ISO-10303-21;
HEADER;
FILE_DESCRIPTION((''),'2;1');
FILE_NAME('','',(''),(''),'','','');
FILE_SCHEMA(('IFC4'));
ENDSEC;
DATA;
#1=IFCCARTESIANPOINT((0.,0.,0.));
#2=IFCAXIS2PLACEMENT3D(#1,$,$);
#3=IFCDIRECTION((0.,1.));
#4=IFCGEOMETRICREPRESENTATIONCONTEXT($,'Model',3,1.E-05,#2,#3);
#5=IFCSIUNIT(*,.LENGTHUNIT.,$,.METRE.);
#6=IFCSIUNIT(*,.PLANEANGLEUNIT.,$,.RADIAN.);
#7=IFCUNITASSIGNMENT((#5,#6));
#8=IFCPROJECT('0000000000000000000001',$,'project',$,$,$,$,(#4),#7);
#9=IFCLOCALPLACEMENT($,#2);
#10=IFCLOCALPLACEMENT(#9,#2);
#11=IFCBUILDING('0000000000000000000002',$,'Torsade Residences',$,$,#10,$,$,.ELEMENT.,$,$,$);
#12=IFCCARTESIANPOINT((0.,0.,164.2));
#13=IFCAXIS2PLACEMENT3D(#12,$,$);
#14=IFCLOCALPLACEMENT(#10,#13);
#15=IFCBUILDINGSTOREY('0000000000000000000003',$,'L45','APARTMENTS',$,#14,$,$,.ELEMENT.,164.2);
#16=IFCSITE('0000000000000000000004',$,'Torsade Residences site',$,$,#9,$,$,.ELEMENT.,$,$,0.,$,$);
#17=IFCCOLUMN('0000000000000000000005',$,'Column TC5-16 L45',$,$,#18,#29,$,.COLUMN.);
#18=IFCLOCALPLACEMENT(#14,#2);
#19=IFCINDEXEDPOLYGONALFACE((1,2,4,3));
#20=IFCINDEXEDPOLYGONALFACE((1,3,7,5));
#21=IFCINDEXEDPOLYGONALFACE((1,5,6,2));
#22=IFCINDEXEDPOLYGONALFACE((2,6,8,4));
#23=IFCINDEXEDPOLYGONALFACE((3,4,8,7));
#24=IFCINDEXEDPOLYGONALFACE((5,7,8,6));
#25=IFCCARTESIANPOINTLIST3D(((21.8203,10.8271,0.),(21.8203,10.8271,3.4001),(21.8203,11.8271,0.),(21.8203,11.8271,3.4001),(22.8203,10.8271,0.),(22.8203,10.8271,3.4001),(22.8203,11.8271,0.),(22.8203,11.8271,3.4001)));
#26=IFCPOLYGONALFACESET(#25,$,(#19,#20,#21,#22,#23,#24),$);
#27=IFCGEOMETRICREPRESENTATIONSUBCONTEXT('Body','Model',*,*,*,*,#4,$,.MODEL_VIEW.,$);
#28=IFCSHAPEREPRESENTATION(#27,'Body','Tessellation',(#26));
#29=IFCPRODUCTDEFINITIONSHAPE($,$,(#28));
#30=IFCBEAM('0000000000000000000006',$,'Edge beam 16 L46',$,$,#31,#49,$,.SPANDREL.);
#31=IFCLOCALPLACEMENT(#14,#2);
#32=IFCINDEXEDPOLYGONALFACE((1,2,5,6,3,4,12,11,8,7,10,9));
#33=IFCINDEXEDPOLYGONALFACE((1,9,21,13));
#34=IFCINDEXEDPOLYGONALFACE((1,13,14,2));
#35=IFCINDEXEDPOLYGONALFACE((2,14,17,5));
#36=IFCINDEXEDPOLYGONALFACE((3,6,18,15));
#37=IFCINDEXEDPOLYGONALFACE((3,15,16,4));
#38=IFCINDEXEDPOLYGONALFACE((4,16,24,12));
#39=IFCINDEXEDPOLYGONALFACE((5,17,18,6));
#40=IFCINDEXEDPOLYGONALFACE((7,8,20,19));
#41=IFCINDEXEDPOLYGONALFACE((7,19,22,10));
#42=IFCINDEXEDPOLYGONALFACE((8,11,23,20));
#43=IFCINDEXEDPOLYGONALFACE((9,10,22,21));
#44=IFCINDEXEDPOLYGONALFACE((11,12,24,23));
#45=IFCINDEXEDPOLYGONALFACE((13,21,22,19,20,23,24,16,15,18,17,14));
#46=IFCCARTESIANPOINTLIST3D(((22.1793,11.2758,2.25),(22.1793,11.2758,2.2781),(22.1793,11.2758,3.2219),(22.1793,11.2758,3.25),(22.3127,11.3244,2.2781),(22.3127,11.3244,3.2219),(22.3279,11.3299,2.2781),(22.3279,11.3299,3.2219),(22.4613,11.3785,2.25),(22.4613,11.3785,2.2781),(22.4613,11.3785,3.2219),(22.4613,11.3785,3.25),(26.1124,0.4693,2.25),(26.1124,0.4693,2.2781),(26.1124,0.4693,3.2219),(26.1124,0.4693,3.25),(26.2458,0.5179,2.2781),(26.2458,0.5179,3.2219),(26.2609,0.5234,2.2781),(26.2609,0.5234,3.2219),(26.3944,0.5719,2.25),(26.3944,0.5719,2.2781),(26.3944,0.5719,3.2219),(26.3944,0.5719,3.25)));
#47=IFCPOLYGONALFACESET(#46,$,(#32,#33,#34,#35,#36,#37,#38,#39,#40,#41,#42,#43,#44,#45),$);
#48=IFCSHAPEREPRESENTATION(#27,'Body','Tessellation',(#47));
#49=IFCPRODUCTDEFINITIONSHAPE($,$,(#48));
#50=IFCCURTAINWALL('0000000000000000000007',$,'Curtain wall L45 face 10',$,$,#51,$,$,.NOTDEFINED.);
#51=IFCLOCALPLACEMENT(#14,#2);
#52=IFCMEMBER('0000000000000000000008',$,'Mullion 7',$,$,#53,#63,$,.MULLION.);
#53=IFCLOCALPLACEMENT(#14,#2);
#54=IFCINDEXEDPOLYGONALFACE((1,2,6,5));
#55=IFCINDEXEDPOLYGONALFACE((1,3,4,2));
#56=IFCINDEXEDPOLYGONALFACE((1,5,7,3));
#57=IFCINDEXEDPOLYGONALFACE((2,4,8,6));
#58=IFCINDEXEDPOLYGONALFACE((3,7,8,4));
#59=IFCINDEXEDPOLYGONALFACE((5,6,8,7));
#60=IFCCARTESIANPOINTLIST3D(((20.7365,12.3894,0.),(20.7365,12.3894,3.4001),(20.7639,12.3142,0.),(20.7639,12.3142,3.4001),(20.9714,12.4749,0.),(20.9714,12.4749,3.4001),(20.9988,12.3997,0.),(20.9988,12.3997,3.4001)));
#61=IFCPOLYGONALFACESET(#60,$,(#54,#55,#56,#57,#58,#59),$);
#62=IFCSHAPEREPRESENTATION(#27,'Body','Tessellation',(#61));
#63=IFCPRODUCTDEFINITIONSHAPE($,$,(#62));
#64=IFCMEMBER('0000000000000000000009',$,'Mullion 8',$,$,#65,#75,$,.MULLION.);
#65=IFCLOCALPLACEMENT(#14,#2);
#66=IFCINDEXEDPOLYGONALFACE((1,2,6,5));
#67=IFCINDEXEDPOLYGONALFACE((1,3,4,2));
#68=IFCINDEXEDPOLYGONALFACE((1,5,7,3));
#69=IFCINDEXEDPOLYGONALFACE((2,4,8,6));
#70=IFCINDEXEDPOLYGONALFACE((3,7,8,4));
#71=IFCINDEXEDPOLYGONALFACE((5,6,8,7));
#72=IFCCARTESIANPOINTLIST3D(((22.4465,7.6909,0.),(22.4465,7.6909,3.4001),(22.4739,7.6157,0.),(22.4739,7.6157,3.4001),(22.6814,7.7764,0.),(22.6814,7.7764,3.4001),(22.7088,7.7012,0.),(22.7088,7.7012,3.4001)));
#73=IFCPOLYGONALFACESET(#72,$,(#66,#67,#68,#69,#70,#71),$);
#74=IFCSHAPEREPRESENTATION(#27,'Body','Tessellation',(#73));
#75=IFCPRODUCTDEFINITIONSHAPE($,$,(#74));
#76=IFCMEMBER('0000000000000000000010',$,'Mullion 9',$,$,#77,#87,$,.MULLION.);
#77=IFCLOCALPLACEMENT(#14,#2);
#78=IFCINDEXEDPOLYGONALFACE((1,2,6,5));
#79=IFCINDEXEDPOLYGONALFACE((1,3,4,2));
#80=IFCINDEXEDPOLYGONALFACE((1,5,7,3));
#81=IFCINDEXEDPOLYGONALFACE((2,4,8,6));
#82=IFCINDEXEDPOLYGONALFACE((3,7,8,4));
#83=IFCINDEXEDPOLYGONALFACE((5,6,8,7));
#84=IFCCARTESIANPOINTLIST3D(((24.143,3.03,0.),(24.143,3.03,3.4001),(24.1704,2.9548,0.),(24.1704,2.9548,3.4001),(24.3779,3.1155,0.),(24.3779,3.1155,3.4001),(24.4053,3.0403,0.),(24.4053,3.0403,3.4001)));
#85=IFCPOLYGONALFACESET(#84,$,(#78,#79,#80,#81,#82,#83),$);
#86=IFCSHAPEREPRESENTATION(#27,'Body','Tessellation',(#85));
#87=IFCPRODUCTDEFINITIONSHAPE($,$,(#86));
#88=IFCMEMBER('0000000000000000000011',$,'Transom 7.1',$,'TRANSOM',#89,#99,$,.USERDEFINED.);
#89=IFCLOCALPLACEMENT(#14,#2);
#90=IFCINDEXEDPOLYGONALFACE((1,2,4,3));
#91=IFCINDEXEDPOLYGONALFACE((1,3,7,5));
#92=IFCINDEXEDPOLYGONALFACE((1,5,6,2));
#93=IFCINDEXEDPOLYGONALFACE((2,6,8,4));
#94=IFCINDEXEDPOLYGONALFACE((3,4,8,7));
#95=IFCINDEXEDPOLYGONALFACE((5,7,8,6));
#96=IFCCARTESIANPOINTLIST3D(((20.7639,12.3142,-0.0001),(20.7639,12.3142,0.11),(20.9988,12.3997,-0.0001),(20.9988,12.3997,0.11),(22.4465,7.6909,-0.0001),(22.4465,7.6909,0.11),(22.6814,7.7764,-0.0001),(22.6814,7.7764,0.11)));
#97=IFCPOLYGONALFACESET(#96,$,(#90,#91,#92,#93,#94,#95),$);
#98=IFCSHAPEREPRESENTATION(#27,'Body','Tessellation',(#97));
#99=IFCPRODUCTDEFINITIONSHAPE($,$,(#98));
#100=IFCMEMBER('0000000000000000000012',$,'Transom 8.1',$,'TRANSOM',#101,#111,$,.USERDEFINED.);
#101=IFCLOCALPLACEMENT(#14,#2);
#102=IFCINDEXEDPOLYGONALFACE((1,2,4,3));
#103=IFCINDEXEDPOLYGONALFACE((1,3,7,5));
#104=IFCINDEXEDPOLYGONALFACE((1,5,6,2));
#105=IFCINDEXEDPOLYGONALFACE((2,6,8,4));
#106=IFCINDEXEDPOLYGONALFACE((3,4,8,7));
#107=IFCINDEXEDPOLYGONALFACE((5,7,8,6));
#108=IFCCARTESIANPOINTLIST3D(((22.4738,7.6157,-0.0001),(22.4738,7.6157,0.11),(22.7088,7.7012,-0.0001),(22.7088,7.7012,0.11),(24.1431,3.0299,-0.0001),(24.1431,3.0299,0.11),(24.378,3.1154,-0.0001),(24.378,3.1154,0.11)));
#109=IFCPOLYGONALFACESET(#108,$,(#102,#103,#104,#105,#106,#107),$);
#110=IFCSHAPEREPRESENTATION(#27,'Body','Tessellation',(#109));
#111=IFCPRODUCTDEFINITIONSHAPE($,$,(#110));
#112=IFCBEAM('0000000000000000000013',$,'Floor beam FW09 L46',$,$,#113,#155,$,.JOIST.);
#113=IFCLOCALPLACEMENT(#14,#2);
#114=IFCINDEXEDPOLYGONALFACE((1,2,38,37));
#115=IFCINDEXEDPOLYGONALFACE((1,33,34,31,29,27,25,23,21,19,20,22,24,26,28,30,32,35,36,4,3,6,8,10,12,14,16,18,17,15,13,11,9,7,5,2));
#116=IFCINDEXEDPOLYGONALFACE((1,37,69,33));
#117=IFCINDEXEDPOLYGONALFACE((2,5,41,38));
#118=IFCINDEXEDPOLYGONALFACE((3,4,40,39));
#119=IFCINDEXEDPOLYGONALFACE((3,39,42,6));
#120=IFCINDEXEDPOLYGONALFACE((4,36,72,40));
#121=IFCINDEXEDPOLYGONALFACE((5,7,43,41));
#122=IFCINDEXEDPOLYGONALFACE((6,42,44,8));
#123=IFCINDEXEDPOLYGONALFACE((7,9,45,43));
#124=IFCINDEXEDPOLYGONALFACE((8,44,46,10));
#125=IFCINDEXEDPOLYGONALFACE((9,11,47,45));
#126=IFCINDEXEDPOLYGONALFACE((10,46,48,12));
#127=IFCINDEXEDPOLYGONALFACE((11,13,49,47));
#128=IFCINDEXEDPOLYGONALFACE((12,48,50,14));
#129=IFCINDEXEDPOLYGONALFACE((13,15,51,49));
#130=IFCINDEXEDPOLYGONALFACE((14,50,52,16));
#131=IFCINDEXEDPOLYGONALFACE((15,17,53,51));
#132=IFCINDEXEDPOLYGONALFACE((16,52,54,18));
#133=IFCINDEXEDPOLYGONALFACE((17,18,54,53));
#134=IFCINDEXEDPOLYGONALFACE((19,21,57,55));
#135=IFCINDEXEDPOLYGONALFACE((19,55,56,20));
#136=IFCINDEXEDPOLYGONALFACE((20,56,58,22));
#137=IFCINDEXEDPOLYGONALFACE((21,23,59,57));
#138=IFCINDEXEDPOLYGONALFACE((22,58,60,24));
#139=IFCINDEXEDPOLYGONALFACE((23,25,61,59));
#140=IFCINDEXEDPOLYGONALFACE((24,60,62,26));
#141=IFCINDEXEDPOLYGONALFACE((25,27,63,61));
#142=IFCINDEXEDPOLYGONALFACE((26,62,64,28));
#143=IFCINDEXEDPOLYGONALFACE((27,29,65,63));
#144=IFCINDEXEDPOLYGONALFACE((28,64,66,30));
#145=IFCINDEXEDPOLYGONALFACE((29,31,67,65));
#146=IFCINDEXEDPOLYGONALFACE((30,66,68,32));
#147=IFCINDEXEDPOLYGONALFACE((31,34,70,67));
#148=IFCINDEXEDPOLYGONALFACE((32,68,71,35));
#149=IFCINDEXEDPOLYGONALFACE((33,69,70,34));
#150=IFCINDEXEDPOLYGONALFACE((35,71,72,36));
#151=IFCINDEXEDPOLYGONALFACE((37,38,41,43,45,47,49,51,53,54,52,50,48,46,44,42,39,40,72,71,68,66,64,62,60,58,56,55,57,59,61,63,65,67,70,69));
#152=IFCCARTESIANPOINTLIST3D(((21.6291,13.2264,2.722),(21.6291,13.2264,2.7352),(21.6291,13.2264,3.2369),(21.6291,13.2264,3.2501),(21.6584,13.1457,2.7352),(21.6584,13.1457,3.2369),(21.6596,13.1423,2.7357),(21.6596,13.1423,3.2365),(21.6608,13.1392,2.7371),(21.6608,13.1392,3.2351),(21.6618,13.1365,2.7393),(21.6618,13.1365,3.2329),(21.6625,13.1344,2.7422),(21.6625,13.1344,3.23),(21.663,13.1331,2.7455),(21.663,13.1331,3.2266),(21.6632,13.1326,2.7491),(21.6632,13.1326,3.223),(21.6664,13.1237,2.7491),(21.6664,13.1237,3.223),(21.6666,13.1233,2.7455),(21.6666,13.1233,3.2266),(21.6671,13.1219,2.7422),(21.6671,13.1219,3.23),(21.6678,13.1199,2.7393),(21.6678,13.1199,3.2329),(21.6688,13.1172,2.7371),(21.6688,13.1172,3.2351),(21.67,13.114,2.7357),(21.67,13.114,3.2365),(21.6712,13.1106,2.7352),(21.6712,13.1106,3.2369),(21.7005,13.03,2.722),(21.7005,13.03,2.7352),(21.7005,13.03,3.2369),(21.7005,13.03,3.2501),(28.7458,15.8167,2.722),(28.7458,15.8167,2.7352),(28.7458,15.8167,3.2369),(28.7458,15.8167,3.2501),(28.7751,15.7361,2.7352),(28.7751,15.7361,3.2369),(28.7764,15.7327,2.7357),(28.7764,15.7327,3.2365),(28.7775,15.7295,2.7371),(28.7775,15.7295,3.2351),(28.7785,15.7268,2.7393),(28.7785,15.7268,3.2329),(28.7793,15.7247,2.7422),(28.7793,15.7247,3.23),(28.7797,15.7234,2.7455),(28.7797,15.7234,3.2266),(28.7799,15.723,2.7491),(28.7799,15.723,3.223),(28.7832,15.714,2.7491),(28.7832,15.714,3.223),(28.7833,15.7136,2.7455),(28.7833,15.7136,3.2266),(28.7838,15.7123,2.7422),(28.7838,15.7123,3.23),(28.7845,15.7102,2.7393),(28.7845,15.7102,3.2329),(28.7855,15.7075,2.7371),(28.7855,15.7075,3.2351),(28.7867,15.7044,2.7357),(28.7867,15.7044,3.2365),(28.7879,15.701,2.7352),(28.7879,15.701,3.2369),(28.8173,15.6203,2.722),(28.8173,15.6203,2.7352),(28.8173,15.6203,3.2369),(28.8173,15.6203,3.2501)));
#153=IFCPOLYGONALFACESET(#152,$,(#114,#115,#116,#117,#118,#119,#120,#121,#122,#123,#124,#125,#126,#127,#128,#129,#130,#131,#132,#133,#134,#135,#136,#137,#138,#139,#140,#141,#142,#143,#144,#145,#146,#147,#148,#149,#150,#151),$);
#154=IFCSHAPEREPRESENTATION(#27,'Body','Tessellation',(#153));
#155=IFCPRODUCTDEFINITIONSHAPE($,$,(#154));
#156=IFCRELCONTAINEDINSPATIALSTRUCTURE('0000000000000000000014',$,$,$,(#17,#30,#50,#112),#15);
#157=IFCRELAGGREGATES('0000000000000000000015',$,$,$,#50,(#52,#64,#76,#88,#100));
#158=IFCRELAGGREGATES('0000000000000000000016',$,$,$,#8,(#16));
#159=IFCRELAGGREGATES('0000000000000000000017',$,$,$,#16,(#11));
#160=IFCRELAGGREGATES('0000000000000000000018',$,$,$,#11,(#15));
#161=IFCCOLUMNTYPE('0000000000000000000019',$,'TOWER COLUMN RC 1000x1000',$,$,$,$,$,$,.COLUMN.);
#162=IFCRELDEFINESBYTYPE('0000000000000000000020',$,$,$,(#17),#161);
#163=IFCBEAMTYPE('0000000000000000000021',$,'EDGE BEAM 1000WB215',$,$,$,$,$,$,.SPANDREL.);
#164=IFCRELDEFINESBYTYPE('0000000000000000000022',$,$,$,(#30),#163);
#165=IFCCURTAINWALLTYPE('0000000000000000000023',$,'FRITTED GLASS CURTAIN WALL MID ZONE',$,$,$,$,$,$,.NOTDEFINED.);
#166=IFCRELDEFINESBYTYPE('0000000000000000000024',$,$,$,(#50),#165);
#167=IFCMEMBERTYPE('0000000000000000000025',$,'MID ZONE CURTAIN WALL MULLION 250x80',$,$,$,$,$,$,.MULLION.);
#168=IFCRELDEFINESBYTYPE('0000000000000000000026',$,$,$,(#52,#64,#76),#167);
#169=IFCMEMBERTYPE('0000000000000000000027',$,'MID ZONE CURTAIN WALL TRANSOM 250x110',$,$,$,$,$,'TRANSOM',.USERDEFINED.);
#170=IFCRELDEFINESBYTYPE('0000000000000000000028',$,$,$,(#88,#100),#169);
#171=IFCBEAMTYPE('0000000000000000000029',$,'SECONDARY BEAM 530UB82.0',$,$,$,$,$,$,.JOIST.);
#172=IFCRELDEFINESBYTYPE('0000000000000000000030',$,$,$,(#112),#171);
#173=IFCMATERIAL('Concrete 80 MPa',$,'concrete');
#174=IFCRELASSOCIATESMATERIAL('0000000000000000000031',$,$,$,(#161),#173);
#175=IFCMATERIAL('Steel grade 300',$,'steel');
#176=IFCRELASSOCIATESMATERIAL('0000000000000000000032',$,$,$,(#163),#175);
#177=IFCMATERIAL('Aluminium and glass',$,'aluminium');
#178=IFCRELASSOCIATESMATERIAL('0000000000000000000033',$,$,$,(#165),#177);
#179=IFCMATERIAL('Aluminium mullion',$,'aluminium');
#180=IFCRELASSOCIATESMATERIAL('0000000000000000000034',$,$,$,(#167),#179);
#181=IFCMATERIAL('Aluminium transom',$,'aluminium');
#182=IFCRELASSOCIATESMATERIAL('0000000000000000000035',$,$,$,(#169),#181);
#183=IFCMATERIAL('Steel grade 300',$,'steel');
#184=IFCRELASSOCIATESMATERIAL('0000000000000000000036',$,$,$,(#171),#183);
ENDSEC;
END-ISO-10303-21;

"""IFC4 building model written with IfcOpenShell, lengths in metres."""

from ifc_helpers import new_model, si_unit, direction, frame, origin, origin_2d, place, context, subcontext, project, spatial, rectangle, i_section, extrude, material, material_profile, profile_set, type_object, element, aggregate, save


model = new_model("IFC4")

# Units and contexts
model_context = context("Model", 3, precision=1e-05, world=origin(), true_north=direction((0.0, 1.0)))
body_context = subcontext(model_context, "Body", "Model", "MODEL_VIEW")
ifc_project = project(units=[si_unit("LENGTHUNIT", "METRE"), si_unit("PLANEANGLEUNIT", "RADIAN")], contexts=[model_context])

# Site, building, storey
site_placement = place(None, origin())
site = spatial("IfcSite", under=ifc_project, at=site_placement, Name="Torsade Residences site", CompositionType="ELEMENT", RefElevation=0.0)
building_placement = place(site_placement, origin())
building = spatial("IfcBuilding", under=site, at=building_placement, Name="Torsade Residences", CompositionType="ELEMENT")
storey_placement = place(building_placement, frame((0.0, 0.0, 164.2)))
storey = spatial("IfcBuildingStorey", under=building, at=storey_placement, Name="L45", Description="APARTMENTS", CompositionType="ELEMENT", Elevation=164.2)

# Column
ifc_material_1 = material(Name="Concrete 80 MPa", Category="concrete")
ifc_material_profile_1 = material_profile(ifc_material_1, rectangle(XDim=1.0, YDim=1.0, at=origin_2d()), Name="RC 1000x1000")
ifc_profile_set_1 = profile_set([ifc_material_profile_1], Name="Concrete 80 MPa")
column_type = type_object("IfcColumnType", Name="TOWER COLUMN RC 1000x1000", PredefinedType="COLUMN", material=ifc_profile_set_1)
column_placement = place(storey_placement, frame((22.3203, 11.3271, 0.0), z_axis=(0.0, 0.0, 1.0), x_axis=(1.0, 0.0, 0.0)))
element("IfcColumn", 1, at=column_placement, inside=storey, type_object=column_type, Name="Column TC5-16 L45", PredefinedType="COLUMN", context=body_context, shape_type="SweptSolid", body=[
    extrude(rectangle(XDim=1.0, YDim=1.0, at=origin_2d()), origin(), (0.0, 0.0, 1.0), 3.4001),
])

# Beam
ifc_material_2 = material(Name="Steel grade 300", Category="steel")
ifc_material_profile_2 = material_profile(ifc_material_2, i_section(OverallWidth=0.3, OverallDepth=1.0, WebThickness=0.0161, FlangeThickness=0.0281, at=origin_2d()), Name="1000WB215")
ifc_profile_set_2 = profile_set([ifc_material_profile_2], Name="Steel grade 300")
beam_type_1 = type_object("IfcBeamType", Name="EDGE BEAM 1000WB215", PredefinedType="SPANDREL", material=ifc_profile_set_2)
beam_1_placement = place(storey_placement, frame((22.3203, 11.3271, 2.75), z_axis=(0.342006, -0.939698, 0.0), x_axis=(0.939698, 0.342006, 0.0)))
element("IfcBeam", 2, at=beam_1_placement, inside=storey, type_object=beam_type_1, Name="Edge beam 16 L46", PredefinedType="SPANDREL", context=body_context, shape_type="SweptSolid", body=[
    extrude(i_section(OverallWidth=0.3, OverallDepth=1.0, WebThickness=0.0161, FlangeThickness=0.0281, at=origin_2d()), origin(), (0.0, 0.0, 1.0), 11.5),
])

# Curtain wall, members
ifc_material_3 = material(Name="Aluminium and glass", Category="aluminium")
curtain_wall_type = type_object("IfcCurtainWallType", Name="FRITTED GLASS CURTAIN WALL MID ZONE", PredefinedType="NOTDEFINED", material=ifc_material_3)
curtain_wall_placement = place(storey_placement, origin())
curtain_wall = element("IfcCurtainWall", 3, at=curtain_wall_placement, inside=storey, type_object=curtain_wall_type, Name="Curtain wall L45 face 10", PredefinedType="NOTDEFINED")
ifc_material_4 = material(Name="Aluminium mullion", Category="aluminium")
ifc_material_profile_3 = material_profile(ifc_material_4, rectangle(XDim=0.25, YDim=0.0801, at=origin_2d()), Name="MID ZONE CURTAIN WALL MULLION 250x80")
ifc_profile_set_3 = profile_set([ifc_material_profile_3], Name="Aluminium mullion")
member_type_1 = type_object("IfcMemberType", Name="MID ZONE CURTAIN WALL MULLION 250x80", PredefinedType="MULLION", material=ifc_profile_set_3)
member_1_placement = place(storey_placement, frame((20.8677, 12.3945, 0.0), z_axis=(0.0, 0.0, 1.0), x_axis=(0.939693, 0.34202, 0.0)))
member_1 = element("IfcMember", 4, at=member_1_placement, type_object=member_type_1, Name="Mullion 7", PredefinedType="MULLION", context=body_context, shape_type="SweptSolid", body=[
    extrude(rectangle(XDim=0.25, YDim=0.0801, at=origin_2d()), origin(), (0.0, 0.0, 1.0), 3.4001),
])
member_2_placement = place(storey_placement, frame((22.5776, 7.696, 0.0), z_axis=(0.0, 0.0, 1.0), x_axis=(0.939693, 0.34202, 0.0)))
member_2 = element("IfcMember", 5, at=member_2_placement, type_object=member_type_1, Name="Mullion 8", PredefinedType="MULLION", context=body_context, shape_type="SweptSolid", body=[
    extrude(rectangle(XDim=0.25, YDim=0.0801, at=origin_2d()), origin(), (0.0, 0.0, 1.0), 3.4001),
])
member_3_placement = place(storey_placement, frame((24.2742, 3.0352, 0.0), z_axis=(0.0, 0.0, 1.0), x_axis=(0.939693, 0.34202, 0.0)))
member_3 = element("IfcMember", 6, at=member_3_placement, type_object=member_type_1, Name="Mullion 9", PredefinedType="MULLION", context=body_context, shape_type="SweptSolid", body=[
    extrude(rectangle(XDim=0.25, YDim=0.0801, at=origin_2d()), origin(), (0.0, 0.0, 1.0), 3.4001),
])
ifc_material_5 = material(Name="Aluminium transom", Category="aluminium")
ifc_material_profile_4 = material_profile(ifc_material_5, rectangle(XDim=0.25, YDim=0.1101, at=origin_2d()), Name="MID ZONE CURTAIN WALL TRANSOM 250x110")
ifc_profile_set_4 = profile_set([ifc_material_profile_4], Name="Aluminium transom")
member_type_2 = type_object("IfcMemberType", Name="MID ZONE CURTAIN WALL TRANSOM 250x110", ElementType="TRANSOM", PredefinedType="USERDEFINED", material=ifc_profile_set_4)
member_4_placement = place(storey_placement, frame((20.8813, 12.3569, 0.0549), z_axis=(0.341998, -0.939701, 0.0), x_axis=(0.939701, 0.341998, 0.0)))
member_4 = element("IfcMember", 7, at=member_4_placement, type_object=member_type_2, Name="Transom 7.1", ObjectType="TRANSOM", PredefinedType="USERDEFINED", context=body_context, shape_type="SweptSolid", body=[
    extrude(rectangle(XDim=0.25, YDim=0.1101, at=origin_2d()), origin(), (0.0, 0.0, 1.0), 4.9199),
])
member_5_placement = place(storey_placement, frame((22.5913, 7.6584, 0.0549), z_axis=(0.342044, -0.939684, 0.0), x_axis=(0.939684, 0.342044, 0.0)))
member_5 = element("IfcMember", 8, at=member_5_placement, type_object=member_type_2, Name="Transom 8.1", ObjectType="TRANSOM", PredefinedType="USERDEFINED", context=body_context, shape_type="SweptSolid", body=[
    extrude(rectangle(XDim=0.25, YDim=0.1101, at=origin_2d()), origin(), (0.0, 0.0, 1.0), 4.8801),
])

# Beam
ifc_material_6 = material(Name="Steel grade 300", Category="steel")
ifc_material_profile_5 = material_profile(ifc_material_6, i_section(OverallWidth=0.209, OverallDepth=0.5281, WebThickness=0.0095, FlangeThickness=0.0132, FilletRadius=0.0139, at=origin_2d()), Name="530UB82.0")
ifc_profile_set_5 = profile_set([ifc_material_profile_5], Name="Steel grade 300")
beam_type_2 = type_object("IfcBeamType", Name="SECONDARY BEAM 530UB82.0", PredefinedType="JOIST", material=ifc_profile_set_5)
beam_2_placement = place(storey_placement, frame((21.6648, 13.1282, 2.9861), z_axis=(0.93969, 0.342028, 0.0), x_axis=(-0.342028, 0.93969, 0.0)))
element("IfcBeam", 9, at=beam_2_placement, inside=storey, type_object=beam_type_2, Name="Floor beam FW09 L46", PredefinedType="JOIST", context=body_context, shape_type="SweptSolid", body=[
    extrude(i_section(OverallWidth=0.209, OverallDepth=0.5281, WebThickness=0.0095, FlangeThickness=0.0132, FilletRadius=0.0139, at=origin_2d()), origin(), (0.0, 0.0, 1.0), 7.5735),
])

aggregate(curtain_wall, [member_1, member_2, member_3, member_4, member_5])

save(model, "model.ifc")
